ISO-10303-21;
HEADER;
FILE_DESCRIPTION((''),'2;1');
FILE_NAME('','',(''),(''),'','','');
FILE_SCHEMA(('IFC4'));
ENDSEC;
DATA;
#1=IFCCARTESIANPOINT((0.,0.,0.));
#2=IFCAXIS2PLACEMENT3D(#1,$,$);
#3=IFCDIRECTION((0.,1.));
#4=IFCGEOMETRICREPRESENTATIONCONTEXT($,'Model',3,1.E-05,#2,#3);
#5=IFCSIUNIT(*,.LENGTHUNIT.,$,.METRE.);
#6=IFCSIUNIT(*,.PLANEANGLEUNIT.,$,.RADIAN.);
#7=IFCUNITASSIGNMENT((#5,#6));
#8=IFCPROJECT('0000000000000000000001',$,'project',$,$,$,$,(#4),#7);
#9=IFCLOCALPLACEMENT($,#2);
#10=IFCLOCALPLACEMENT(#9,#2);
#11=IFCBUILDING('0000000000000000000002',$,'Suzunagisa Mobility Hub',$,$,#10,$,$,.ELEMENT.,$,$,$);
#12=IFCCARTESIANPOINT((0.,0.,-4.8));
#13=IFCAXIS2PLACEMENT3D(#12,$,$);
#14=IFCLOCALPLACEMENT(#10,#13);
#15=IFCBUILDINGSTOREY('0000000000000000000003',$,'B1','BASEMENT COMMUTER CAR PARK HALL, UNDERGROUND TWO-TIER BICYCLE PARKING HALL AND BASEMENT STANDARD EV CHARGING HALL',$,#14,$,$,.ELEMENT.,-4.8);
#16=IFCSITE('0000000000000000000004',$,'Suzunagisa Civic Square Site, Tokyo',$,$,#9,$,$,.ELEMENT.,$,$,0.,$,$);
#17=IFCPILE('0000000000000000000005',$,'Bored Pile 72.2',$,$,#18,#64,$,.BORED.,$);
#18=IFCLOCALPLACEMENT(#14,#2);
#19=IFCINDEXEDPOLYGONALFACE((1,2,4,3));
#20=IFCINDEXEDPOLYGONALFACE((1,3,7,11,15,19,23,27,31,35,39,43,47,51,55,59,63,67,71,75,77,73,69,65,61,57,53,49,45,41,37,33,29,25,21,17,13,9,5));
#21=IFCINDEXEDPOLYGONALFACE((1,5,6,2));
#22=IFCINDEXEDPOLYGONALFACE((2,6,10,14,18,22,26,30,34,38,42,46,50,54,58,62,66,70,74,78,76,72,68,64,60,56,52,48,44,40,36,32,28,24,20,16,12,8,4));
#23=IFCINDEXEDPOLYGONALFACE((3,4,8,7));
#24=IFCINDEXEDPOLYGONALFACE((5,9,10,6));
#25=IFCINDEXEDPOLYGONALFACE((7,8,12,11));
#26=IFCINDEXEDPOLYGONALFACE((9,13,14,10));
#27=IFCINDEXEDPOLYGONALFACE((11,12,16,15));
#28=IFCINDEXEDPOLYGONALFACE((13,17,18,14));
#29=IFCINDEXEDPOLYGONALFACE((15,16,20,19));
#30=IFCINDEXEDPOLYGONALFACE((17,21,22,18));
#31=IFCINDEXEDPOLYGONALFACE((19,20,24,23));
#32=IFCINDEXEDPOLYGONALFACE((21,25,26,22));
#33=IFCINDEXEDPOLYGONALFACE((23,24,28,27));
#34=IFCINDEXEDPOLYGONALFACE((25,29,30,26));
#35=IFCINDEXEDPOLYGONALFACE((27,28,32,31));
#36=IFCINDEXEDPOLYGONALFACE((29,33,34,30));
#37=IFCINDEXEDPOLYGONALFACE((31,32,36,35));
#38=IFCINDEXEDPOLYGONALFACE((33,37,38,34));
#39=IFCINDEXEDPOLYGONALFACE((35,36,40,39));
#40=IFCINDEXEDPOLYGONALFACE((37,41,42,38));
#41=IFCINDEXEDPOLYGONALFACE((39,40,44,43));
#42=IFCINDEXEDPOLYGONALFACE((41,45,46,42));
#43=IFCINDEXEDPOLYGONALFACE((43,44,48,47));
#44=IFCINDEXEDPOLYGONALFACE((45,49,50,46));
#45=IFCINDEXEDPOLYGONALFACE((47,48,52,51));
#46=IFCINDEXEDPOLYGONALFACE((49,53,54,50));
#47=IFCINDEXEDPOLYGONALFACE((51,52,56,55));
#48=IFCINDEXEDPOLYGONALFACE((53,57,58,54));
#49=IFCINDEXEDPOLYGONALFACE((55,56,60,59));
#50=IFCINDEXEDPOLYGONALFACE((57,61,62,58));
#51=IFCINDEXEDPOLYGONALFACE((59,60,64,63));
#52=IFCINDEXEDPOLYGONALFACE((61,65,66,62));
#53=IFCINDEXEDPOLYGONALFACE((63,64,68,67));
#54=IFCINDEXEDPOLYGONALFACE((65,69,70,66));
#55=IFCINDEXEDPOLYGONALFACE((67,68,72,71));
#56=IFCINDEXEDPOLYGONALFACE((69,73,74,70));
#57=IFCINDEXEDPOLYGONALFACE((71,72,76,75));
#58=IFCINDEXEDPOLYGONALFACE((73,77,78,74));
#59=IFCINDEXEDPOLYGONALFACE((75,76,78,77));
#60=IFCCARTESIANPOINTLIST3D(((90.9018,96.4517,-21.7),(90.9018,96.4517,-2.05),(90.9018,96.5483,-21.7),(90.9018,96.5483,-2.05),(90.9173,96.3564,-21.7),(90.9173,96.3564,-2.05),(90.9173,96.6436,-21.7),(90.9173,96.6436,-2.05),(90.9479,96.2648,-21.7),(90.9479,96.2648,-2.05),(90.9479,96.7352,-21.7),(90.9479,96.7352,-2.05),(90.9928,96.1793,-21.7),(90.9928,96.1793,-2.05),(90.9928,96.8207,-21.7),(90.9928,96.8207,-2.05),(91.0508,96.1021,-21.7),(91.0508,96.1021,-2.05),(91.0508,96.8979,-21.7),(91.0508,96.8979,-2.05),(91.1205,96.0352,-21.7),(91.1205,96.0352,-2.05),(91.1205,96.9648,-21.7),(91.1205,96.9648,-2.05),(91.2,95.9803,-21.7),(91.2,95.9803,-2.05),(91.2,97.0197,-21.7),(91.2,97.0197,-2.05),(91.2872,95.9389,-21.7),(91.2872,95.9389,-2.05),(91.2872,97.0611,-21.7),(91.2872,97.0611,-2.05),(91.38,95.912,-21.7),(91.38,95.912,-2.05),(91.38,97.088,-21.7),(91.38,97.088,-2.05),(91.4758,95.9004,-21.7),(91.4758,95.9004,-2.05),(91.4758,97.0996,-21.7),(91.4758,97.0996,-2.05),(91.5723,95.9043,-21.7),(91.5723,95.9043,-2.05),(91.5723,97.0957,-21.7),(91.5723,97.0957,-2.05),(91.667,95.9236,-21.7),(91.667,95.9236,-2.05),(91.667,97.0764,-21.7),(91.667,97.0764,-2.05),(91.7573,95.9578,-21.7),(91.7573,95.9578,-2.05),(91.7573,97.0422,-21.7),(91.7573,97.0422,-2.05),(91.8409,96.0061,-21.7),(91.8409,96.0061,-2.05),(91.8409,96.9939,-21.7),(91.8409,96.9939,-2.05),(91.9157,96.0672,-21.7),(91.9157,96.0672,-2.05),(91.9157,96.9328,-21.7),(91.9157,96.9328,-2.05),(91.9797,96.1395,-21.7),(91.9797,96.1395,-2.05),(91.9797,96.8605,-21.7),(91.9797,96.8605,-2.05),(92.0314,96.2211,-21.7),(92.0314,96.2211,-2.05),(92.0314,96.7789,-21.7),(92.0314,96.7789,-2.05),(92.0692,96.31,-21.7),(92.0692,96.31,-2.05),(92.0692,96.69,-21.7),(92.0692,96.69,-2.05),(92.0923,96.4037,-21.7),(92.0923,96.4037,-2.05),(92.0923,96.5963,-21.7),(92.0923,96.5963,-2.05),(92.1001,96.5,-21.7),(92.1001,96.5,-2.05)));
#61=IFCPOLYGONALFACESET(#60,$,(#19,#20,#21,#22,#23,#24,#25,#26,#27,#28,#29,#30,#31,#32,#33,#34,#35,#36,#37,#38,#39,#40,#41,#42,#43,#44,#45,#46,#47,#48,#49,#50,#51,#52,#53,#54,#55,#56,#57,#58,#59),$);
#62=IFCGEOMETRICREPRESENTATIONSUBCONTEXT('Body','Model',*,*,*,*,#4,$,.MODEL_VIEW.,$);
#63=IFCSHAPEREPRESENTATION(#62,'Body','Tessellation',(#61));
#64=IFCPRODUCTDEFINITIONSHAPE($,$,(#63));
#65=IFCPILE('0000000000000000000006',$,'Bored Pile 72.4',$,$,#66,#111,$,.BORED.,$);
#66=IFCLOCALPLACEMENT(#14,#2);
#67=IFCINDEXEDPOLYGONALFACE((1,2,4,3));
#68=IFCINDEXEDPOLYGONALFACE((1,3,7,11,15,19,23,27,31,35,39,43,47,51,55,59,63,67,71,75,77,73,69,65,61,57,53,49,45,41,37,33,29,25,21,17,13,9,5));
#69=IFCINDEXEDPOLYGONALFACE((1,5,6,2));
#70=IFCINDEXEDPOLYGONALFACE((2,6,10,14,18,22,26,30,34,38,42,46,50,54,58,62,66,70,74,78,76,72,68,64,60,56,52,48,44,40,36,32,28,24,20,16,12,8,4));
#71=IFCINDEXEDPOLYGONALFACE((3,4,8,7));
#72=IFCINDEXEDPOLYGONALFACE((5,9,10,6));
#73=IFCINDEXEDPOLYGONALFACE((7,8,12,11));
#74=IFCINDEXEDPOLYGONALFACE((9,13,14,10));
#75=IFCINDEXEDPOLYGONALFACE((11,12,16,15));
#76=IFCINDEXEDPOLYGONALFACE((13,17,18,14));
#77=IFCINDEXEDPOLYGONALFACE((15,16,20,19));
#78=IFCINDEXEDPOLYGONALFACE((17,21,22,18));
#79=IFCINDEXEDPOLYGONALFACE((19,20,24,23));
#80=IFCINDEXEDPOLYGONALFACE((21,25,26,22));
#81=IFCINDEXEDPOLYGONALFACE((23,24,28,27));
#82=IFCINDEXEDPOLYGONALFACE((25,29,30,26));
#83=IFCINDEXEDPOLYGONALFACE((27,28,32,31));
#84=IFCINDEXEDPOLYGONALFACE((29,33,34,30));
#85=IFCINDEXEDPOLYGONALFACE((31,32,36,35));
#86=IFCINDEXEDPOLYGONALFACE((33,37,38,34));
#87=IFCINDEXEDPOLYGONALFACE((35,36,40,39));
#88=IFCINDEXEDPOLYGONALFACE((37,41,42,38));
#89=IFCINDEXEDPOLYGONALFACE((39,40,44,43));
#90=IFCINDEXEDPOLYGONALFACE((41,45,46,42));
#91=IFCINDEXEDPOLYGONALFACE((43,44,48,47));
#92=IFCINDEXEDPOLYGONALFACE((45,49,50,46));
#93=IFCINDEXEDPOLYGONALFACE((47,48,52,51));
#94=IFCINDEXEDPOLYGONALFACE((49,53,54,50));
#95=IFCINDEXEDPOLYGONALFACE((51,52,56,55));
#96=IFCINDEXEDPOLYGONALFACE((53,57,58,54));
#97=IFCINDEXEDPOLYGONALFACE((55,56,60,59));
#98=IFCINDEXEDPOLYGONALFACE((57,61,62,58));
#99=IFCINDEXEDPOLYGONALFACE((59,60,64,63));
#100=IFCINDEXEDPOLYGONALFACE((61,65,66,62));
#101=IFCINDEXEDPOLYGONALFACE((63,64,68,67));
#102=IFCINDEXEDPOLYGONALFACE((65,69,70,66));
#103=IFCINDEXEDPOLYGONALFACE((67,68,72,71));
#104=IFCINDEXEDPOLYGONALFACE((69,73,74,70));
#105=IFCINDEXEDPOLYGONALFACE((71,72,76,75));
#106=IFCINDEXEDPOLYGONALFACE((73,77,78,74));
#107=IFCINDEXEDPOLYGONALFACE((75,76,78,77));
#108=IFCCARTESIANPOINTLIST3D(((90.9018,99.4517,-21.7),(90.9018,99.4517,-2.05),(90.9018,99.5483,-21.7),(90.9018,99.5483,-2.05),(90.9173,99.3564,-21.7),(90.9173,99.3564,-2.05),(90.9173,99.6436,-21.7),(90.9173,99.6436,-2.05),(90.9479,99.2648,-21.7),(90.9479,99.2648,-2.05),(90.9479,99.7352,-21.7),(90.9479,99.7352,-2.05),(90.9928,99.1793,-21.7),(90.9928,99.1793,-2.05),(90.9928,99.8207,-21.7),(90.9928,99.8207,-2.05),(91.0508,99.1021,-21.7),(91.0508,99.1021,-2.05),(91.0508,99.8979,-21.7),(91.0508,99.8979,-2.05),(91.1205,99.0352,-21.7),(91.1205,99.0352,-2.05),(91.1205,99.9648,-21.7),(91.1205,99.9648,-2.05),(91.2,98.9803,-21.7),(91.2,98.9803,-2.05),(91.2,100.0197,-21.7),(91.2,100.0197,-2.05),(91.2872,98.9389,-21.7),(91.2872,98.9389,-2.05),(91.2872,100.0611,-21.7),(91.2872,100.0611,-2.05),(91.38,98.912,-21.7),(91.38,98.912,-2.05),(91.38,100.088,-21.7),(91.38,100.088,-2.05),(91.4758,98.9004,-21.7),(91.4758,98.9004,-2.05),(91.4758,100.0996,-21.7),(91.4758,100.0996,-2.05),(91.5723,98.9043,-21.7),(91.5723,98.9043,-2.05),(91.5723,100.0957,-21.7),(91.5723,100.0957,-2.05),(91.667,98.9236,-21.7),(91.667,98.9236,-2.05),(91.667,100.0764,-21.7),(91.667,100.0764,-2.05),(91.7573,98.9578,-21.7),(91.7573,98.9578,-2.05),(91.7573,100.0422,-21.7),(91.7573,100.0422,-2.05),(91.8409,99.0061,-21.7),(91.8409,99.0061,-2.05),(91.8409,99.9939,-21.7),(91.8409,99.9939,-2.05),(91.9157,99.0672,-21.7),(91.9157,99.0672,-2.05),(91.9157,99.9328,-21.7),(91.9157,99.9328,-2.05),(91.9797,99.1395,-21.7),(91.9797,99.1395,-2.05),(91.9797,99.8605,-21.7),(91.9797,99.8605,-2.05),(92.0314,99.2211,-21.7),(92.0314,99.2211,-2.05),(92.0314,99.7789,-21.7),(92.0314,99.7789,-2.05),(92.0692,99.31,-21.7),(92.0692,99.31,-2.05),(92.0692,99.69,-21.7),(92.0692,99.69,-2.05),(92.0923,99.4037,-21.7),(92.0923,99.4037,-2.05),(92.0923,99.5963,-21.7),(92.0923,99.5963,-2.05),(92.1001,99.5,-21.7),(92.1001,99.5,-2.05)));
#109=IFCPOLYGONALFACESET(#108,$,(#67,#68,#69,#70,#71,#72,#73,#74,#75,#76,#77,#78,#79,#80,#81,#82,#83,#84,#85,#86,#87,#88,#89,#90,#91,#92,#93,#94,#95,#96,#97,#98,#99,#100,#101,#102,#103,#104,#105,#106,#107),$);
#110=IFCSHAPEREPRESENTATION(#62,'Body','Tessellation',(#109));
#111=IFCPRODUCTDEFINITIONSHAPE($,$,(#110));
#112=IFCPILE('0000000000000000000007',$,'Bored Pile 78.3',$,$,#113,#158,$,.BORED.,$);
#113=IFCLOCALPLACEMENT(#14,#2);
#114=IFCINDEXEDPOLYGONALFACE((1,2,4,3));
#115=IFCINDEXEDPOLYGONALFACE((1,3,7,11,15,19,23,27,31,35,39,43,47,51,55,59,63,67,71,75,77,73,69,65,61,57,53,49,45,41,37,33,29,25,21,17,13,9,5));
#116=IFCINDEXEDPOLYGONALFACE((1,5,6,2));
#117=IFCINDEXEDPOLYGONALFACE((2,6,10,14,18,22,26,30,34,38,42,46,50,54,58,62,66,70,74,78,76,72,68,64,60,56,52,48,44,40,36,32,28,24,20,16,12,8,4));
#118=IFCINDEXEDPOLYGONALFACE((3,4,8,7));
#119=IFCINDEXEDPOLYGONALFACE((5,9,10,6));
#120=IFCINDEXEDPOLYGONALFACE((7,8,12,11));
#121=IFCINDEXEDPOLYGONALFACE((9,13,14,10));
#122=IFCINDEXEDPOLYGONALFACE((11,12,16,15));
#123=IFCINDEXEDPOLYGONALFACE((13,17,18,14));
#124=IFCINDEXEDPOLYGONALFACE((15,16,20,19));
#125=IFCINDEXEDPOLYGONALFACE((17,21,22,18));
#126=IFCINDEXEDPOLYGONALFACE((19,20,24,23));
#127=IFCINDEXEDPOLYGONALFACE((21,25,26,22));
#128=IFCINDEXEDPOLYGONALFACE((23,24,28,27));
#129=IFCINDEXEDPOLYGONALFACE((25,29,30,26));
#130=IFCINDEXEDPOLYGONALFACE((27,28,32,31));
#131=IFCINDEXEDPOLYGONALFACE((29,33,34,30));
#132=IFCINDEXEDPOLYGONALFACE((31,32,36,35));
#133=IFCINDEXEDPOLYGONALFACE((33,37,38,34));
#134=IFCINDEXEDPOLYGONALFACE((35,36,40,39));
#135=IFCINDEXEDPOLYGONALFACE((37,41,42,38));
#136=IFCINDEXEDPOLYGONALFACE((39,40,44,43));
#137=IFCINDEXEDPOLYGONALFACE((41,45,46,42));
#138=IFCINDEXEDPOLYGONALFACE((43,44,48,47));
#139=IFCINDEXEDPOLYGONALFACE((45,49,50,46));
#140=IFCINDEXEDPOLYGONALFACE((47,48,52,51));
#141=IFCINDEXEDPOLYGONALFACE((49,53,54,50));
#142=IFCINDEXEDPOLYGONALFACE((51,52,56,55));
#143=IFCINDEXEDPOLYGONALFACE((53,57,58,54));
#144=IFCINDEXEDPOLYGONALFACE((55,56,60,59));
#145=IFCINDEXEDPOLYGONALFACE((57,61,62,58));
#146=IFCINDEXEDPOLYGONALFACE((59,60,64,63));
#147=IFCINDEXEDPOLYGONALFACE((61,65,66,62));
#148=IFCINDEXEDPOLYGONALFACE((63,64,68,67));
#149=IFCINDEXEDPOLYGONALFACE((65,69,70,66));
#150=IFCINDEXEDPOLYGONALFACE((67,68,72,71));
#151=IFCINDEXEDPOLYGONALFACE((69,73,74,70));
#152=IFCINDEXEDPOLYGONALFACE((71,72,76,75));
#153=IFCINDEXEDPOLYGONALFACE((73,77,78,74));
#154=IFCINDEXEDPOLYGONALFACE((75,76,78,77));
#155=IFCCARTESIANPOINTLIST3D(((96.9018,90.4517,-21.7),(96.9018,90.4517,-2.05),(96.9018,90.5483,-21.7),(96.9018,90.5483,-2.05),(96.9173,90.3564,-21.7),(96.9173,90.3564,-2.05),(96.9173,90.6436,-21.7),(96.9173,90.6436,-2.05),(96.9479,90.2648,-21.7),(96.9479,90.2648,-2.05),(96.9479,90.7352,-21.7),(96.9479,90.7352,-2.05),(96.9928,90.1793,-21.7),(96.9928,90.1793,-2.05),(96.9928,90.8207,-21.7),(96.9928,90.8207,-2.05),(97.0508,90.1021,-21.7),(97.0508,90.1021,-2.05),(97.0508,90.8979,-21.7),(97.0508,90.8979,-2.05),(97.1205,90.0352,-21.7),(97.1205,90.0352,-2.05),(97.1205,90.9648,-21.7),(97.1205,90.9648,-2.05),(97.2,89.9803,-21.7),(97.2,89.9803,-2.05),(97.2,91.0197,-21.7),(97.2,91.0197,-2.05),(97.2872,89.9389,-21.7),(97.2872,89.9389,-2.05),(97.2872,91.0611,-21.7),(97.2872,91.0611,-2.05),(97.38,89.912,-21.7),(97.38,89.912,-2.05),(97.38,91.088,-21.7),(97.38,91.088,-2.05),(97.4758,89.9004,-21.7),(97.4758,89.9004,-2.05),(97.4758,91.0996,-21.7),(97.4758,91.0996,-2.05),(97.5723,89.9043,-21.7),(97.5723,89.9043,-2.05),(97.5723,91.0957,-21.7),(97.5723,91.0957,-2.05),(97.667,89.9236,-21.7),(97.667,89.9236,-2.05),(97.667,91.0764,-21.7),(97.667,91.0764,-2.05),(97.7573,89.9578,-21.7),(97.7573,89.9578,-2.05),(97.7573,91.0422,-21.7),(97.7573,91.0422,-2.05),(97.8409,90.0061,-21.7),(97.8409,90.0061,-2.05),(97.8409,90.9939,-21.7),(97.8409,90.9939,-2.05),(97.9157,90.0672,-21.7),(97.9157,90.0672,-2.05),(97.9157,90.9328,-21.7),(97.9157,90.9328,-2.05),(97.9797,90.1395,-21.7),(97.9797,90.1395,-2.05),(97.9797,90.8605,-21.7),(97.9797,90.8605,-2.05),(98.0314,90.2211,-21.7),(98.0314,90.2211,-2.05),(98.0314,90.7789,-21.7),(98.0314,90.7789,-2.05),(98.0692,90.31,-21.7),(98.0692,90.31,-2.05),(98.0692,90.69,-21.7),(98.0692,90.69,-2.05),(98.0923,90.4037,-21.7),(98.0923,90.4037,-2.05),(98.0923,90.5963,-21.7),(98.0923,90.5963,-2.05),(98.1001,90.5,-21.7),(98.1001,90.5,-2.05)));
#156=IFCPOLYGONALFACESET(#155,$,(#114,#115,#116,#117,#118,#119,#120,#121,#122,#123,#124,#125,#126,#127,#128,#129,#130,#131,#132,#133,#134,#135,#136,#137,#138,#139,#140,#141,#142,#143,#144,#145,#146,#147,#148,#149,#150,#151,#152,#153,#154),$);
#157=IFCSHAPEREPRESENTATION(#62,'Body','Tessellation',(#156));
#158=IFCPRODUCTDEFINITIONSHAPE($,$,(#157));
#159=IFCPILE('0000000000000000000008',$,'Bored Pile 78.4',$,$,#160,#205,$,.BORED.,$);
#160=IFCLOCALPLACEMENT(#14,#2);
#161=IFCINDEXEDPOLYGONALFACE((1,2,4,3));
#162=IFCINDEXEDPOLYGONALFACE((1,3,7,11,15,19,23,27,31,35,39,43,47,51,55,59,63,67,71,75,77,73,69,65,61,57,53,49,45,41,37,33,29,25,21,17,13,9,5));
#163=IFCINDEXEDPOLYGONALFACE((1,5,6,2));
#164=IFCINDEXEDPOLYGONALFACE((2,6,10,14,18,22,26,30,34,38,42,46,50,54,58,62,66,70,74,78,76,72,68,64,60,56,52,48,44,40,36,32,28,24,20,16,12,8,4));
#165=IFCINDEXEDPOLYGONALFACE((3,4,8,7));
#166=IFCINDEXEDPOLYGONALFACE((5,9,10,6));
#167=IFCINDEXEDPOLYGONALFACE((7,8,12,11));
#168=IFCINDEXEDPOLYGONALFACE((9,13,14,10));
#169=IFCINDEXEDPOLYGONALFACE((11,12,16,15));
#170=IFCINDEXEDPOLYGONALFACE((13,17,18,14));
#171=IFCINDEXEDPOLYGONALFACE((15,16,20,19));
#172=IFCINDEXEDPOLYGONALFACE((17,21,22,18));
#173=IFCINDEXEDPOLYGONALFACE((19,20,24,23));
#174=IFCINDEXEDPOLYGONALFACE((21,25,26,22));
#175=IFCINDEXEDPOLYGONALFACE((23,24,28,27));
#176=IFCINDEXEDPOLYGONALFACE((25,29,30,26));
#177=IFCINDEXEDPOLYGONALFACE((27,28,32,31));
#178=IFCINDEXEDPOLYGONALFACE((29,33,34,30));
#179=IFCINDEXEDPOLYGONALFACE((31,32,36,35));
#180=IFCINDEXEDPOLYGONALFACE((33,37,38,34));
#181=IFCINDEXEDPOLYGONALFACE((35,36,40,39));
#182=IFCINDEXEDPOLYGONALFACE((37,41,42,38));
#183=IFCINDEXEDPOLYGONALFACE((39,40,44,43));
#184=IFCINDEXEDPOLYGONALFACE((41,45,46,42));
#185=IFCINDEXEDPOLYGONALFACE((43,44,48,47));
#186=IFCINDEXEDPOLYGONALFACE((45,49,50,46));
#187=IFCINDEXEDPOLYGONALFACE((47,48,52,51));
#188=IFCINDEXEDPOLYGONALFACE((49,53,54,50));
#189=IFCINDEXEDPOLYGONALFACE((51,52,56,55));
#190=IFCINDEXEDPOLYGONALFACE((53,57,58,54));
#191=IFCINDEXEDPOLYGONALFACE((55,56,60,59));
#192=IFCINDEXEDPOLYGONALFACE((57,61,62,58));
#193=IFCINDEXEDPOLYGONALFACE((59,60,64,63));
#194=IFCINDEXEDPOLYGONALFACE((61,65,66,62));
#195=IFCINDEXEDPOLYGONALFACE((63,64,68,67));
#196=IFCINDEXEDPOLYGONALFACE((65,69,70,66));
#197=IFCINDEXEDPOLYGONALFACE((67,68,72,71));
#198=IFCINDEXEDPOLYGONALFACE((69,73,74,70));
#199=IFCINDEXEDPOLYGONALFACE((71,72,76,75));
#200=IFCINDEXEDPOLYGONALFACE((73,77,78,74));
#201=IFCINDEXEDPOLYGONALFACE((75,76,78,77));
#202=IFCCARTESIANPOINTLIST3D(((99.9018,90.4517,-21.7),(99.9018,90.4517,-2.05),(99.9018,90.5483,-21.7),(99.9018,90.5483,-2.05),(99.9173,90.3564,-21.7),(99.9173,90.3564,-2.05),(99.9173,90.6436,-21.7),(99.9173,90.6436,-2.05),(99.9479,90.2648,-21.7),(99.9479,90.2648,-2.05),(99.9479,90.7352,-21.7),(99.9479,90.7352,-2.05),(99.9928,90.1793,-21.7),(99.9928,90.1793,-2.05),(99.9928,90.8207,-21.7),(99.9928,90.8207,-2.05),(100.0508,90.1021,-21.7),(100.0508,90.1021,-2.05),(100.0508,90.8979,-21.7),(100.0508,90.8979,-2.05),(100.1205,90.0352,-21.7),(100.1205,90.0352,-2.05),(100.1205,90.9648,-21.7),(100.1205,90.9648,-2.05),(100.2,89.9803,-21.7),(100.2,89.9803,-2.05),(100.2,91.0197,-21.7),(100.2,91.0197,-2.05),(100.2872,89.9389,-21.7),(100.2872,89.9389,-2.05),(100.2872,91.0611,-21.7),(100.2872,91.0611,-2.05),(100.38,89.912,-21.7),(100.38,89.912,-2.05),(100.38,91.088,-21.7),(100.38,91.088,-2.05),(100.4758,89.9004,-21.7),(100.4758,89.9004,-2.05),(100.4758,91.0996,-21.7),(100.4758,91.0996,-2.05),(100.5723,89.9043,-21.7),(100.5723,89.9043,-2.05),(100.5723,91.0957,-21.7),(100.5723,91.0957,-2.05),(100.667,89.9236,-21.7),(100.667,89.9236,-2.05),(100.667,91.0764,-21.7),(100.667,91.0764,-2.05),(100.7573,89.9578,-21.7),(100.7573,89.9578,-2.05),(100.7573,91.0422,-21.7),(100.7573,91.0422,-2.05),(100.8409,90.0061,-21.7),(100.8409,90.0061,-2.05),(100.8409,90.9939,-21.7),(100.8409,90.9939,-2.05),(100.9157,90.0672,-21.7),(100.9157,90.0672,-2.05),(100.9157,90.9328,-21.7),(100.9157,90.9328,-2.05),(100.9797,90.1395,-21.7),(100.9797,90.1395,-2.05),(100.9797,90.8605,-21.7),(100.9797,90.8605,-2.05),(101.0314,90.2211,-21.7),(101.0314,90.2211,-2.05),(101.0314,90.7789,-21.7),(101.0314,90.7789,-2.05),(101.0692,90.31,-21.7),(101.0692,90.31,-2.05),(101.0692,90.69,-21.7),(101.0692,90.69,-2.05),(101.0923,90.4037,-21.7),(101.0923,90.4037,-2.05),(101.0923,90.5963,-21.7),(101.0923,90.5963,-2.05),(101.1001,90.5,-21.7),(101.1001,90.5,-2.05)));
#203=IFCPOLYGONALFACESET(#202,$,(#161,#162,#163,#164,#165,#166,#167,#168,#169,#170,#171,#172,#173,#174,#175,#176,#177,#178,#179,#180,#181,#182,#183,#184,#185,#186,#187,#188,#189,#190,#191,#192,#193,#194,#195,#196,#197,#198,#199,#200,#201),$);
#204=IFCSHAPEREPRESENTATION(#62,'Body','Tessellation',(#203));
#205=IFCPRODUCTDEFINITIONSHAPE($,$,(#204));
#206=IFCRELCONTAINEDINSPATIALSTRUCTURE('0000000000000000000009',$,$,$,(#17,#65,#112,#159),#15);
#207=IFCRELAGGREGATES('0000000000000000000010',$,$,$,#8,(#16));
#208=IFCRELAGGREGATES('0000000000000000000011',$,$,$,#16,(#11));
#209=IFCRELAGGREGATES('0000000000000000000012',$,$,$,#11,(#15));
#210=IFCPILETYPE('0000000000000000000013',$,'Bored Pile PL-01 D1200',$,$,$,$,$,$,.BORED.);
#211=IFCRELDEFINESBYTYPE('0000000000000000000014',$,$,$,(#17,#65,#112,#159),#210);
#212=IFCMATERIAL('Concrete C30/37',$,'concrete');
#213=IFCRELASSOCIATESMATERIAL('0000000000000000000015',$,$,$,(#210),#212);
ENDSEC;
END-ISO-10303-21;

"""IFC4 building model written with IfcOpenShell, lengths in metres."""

from ifc_helpers import new_model, si_unit, direction, frame, origin, origin_2d, place, context, subcontext, project, spatial, circle, extrude, material, material_profile, profile_set, type_object, element, save


model = new_model("IFC4")

# Units and contexts
model_context = context("Model", 3, precision=1e-05, world=origin(), true_north=direction((0.0, 1.0)))
body_context = subcontext(model_context, "Body", "Model", "MODEL_VIEW")
ifc_project = project(units=[si_unit("LENGTHUNIT", "METRE"), si_unit("PLANEANGLEUNIT", "RADIAN")], contexts=[model_context])

# Site, building, storey
site_placement = place(None, origin())
site = spatial("IfcSite", under=ifc_project, at=site_placement, Name="Suzunagisa Civic Square Site, Tokyo", CompositionType="ELEMENT", RefElevation=0.0)
building_placement = place(site_placement, origin())
building = spatial("IfcBuilding", under=site, at=building_placement, Name="Suzunagisa Mobility Hub", CompositionType="ELEMENT")
storey_placement = place(building_placement, frame((0.0, 0.0, -4.8)))
storey = spatial("IfcBuildingStorey", under=building, at=storey_placement, Name="B1", Description="BASEMENT COMMUTER CAR PARK HALL, UNDERGROUND TWO-TIER BICYCLE PARKING HALL AND BASEMENT STANDARD EV CHARGING HALL", CompositionType="ELEMENT", Elevation=-4.8)

# Piles
ifc_material_1 = material(Name="Concrete C30/37", Category="concrete")
ifc_material_profile_1 = material_profile(ifc_material_1, circle(Radius=0.6001, at=origin_2d()), Name="BORED PILE D1200")
ifc_profile_set_1 = profile_set([ifc_material_profile_1], Name="Concrete C30/37")
pile_type_1 = type_object("IfcPileType", Name="Bored Pile PL-01 D1200", PredefinedType="BORED", material=ifc_profile_set_1)
for number, where, z_axis, x_axis, name in (
    (1, (91.5, 96.5, -2.05), (0.0, 0.0, -1.0), (1.0, 0.0, 0.0), "Bored Pile 72.2"),
    (2, (91.5, 99.5, -2.05), (0.0, 0.0, -1.0), (1.0, 0.0, 0.0), "Bored Pile 72.4"),
    (3, (97.5, 90.5, -2.05), (0.0, 0.0, -1.0), (1.0, 0.0, 0.0), "Bored Pile 78.3"),
    (4, (100.5, 90.5, -2.05), (0.0, 0.0, -1.0), (1.0, 0.0, 0.0), "Bored Pile 78.4"),
):
    element("IfcPile", number, at=place(storey_placement, frame(where, z_axis=z_axis, x_axis=x_axis)), inside=storey, type_object=pile_type_1, Name=name, PredefinedType="BORED", context=body_context, shape_type="SweptSolid", body=[
        extrude(circle(Radius=0.6001, at=origin_2d()), origin(), (0.0, 0.0, 1.0), 19.6499),
    ])

save(model, "model.ifc")
